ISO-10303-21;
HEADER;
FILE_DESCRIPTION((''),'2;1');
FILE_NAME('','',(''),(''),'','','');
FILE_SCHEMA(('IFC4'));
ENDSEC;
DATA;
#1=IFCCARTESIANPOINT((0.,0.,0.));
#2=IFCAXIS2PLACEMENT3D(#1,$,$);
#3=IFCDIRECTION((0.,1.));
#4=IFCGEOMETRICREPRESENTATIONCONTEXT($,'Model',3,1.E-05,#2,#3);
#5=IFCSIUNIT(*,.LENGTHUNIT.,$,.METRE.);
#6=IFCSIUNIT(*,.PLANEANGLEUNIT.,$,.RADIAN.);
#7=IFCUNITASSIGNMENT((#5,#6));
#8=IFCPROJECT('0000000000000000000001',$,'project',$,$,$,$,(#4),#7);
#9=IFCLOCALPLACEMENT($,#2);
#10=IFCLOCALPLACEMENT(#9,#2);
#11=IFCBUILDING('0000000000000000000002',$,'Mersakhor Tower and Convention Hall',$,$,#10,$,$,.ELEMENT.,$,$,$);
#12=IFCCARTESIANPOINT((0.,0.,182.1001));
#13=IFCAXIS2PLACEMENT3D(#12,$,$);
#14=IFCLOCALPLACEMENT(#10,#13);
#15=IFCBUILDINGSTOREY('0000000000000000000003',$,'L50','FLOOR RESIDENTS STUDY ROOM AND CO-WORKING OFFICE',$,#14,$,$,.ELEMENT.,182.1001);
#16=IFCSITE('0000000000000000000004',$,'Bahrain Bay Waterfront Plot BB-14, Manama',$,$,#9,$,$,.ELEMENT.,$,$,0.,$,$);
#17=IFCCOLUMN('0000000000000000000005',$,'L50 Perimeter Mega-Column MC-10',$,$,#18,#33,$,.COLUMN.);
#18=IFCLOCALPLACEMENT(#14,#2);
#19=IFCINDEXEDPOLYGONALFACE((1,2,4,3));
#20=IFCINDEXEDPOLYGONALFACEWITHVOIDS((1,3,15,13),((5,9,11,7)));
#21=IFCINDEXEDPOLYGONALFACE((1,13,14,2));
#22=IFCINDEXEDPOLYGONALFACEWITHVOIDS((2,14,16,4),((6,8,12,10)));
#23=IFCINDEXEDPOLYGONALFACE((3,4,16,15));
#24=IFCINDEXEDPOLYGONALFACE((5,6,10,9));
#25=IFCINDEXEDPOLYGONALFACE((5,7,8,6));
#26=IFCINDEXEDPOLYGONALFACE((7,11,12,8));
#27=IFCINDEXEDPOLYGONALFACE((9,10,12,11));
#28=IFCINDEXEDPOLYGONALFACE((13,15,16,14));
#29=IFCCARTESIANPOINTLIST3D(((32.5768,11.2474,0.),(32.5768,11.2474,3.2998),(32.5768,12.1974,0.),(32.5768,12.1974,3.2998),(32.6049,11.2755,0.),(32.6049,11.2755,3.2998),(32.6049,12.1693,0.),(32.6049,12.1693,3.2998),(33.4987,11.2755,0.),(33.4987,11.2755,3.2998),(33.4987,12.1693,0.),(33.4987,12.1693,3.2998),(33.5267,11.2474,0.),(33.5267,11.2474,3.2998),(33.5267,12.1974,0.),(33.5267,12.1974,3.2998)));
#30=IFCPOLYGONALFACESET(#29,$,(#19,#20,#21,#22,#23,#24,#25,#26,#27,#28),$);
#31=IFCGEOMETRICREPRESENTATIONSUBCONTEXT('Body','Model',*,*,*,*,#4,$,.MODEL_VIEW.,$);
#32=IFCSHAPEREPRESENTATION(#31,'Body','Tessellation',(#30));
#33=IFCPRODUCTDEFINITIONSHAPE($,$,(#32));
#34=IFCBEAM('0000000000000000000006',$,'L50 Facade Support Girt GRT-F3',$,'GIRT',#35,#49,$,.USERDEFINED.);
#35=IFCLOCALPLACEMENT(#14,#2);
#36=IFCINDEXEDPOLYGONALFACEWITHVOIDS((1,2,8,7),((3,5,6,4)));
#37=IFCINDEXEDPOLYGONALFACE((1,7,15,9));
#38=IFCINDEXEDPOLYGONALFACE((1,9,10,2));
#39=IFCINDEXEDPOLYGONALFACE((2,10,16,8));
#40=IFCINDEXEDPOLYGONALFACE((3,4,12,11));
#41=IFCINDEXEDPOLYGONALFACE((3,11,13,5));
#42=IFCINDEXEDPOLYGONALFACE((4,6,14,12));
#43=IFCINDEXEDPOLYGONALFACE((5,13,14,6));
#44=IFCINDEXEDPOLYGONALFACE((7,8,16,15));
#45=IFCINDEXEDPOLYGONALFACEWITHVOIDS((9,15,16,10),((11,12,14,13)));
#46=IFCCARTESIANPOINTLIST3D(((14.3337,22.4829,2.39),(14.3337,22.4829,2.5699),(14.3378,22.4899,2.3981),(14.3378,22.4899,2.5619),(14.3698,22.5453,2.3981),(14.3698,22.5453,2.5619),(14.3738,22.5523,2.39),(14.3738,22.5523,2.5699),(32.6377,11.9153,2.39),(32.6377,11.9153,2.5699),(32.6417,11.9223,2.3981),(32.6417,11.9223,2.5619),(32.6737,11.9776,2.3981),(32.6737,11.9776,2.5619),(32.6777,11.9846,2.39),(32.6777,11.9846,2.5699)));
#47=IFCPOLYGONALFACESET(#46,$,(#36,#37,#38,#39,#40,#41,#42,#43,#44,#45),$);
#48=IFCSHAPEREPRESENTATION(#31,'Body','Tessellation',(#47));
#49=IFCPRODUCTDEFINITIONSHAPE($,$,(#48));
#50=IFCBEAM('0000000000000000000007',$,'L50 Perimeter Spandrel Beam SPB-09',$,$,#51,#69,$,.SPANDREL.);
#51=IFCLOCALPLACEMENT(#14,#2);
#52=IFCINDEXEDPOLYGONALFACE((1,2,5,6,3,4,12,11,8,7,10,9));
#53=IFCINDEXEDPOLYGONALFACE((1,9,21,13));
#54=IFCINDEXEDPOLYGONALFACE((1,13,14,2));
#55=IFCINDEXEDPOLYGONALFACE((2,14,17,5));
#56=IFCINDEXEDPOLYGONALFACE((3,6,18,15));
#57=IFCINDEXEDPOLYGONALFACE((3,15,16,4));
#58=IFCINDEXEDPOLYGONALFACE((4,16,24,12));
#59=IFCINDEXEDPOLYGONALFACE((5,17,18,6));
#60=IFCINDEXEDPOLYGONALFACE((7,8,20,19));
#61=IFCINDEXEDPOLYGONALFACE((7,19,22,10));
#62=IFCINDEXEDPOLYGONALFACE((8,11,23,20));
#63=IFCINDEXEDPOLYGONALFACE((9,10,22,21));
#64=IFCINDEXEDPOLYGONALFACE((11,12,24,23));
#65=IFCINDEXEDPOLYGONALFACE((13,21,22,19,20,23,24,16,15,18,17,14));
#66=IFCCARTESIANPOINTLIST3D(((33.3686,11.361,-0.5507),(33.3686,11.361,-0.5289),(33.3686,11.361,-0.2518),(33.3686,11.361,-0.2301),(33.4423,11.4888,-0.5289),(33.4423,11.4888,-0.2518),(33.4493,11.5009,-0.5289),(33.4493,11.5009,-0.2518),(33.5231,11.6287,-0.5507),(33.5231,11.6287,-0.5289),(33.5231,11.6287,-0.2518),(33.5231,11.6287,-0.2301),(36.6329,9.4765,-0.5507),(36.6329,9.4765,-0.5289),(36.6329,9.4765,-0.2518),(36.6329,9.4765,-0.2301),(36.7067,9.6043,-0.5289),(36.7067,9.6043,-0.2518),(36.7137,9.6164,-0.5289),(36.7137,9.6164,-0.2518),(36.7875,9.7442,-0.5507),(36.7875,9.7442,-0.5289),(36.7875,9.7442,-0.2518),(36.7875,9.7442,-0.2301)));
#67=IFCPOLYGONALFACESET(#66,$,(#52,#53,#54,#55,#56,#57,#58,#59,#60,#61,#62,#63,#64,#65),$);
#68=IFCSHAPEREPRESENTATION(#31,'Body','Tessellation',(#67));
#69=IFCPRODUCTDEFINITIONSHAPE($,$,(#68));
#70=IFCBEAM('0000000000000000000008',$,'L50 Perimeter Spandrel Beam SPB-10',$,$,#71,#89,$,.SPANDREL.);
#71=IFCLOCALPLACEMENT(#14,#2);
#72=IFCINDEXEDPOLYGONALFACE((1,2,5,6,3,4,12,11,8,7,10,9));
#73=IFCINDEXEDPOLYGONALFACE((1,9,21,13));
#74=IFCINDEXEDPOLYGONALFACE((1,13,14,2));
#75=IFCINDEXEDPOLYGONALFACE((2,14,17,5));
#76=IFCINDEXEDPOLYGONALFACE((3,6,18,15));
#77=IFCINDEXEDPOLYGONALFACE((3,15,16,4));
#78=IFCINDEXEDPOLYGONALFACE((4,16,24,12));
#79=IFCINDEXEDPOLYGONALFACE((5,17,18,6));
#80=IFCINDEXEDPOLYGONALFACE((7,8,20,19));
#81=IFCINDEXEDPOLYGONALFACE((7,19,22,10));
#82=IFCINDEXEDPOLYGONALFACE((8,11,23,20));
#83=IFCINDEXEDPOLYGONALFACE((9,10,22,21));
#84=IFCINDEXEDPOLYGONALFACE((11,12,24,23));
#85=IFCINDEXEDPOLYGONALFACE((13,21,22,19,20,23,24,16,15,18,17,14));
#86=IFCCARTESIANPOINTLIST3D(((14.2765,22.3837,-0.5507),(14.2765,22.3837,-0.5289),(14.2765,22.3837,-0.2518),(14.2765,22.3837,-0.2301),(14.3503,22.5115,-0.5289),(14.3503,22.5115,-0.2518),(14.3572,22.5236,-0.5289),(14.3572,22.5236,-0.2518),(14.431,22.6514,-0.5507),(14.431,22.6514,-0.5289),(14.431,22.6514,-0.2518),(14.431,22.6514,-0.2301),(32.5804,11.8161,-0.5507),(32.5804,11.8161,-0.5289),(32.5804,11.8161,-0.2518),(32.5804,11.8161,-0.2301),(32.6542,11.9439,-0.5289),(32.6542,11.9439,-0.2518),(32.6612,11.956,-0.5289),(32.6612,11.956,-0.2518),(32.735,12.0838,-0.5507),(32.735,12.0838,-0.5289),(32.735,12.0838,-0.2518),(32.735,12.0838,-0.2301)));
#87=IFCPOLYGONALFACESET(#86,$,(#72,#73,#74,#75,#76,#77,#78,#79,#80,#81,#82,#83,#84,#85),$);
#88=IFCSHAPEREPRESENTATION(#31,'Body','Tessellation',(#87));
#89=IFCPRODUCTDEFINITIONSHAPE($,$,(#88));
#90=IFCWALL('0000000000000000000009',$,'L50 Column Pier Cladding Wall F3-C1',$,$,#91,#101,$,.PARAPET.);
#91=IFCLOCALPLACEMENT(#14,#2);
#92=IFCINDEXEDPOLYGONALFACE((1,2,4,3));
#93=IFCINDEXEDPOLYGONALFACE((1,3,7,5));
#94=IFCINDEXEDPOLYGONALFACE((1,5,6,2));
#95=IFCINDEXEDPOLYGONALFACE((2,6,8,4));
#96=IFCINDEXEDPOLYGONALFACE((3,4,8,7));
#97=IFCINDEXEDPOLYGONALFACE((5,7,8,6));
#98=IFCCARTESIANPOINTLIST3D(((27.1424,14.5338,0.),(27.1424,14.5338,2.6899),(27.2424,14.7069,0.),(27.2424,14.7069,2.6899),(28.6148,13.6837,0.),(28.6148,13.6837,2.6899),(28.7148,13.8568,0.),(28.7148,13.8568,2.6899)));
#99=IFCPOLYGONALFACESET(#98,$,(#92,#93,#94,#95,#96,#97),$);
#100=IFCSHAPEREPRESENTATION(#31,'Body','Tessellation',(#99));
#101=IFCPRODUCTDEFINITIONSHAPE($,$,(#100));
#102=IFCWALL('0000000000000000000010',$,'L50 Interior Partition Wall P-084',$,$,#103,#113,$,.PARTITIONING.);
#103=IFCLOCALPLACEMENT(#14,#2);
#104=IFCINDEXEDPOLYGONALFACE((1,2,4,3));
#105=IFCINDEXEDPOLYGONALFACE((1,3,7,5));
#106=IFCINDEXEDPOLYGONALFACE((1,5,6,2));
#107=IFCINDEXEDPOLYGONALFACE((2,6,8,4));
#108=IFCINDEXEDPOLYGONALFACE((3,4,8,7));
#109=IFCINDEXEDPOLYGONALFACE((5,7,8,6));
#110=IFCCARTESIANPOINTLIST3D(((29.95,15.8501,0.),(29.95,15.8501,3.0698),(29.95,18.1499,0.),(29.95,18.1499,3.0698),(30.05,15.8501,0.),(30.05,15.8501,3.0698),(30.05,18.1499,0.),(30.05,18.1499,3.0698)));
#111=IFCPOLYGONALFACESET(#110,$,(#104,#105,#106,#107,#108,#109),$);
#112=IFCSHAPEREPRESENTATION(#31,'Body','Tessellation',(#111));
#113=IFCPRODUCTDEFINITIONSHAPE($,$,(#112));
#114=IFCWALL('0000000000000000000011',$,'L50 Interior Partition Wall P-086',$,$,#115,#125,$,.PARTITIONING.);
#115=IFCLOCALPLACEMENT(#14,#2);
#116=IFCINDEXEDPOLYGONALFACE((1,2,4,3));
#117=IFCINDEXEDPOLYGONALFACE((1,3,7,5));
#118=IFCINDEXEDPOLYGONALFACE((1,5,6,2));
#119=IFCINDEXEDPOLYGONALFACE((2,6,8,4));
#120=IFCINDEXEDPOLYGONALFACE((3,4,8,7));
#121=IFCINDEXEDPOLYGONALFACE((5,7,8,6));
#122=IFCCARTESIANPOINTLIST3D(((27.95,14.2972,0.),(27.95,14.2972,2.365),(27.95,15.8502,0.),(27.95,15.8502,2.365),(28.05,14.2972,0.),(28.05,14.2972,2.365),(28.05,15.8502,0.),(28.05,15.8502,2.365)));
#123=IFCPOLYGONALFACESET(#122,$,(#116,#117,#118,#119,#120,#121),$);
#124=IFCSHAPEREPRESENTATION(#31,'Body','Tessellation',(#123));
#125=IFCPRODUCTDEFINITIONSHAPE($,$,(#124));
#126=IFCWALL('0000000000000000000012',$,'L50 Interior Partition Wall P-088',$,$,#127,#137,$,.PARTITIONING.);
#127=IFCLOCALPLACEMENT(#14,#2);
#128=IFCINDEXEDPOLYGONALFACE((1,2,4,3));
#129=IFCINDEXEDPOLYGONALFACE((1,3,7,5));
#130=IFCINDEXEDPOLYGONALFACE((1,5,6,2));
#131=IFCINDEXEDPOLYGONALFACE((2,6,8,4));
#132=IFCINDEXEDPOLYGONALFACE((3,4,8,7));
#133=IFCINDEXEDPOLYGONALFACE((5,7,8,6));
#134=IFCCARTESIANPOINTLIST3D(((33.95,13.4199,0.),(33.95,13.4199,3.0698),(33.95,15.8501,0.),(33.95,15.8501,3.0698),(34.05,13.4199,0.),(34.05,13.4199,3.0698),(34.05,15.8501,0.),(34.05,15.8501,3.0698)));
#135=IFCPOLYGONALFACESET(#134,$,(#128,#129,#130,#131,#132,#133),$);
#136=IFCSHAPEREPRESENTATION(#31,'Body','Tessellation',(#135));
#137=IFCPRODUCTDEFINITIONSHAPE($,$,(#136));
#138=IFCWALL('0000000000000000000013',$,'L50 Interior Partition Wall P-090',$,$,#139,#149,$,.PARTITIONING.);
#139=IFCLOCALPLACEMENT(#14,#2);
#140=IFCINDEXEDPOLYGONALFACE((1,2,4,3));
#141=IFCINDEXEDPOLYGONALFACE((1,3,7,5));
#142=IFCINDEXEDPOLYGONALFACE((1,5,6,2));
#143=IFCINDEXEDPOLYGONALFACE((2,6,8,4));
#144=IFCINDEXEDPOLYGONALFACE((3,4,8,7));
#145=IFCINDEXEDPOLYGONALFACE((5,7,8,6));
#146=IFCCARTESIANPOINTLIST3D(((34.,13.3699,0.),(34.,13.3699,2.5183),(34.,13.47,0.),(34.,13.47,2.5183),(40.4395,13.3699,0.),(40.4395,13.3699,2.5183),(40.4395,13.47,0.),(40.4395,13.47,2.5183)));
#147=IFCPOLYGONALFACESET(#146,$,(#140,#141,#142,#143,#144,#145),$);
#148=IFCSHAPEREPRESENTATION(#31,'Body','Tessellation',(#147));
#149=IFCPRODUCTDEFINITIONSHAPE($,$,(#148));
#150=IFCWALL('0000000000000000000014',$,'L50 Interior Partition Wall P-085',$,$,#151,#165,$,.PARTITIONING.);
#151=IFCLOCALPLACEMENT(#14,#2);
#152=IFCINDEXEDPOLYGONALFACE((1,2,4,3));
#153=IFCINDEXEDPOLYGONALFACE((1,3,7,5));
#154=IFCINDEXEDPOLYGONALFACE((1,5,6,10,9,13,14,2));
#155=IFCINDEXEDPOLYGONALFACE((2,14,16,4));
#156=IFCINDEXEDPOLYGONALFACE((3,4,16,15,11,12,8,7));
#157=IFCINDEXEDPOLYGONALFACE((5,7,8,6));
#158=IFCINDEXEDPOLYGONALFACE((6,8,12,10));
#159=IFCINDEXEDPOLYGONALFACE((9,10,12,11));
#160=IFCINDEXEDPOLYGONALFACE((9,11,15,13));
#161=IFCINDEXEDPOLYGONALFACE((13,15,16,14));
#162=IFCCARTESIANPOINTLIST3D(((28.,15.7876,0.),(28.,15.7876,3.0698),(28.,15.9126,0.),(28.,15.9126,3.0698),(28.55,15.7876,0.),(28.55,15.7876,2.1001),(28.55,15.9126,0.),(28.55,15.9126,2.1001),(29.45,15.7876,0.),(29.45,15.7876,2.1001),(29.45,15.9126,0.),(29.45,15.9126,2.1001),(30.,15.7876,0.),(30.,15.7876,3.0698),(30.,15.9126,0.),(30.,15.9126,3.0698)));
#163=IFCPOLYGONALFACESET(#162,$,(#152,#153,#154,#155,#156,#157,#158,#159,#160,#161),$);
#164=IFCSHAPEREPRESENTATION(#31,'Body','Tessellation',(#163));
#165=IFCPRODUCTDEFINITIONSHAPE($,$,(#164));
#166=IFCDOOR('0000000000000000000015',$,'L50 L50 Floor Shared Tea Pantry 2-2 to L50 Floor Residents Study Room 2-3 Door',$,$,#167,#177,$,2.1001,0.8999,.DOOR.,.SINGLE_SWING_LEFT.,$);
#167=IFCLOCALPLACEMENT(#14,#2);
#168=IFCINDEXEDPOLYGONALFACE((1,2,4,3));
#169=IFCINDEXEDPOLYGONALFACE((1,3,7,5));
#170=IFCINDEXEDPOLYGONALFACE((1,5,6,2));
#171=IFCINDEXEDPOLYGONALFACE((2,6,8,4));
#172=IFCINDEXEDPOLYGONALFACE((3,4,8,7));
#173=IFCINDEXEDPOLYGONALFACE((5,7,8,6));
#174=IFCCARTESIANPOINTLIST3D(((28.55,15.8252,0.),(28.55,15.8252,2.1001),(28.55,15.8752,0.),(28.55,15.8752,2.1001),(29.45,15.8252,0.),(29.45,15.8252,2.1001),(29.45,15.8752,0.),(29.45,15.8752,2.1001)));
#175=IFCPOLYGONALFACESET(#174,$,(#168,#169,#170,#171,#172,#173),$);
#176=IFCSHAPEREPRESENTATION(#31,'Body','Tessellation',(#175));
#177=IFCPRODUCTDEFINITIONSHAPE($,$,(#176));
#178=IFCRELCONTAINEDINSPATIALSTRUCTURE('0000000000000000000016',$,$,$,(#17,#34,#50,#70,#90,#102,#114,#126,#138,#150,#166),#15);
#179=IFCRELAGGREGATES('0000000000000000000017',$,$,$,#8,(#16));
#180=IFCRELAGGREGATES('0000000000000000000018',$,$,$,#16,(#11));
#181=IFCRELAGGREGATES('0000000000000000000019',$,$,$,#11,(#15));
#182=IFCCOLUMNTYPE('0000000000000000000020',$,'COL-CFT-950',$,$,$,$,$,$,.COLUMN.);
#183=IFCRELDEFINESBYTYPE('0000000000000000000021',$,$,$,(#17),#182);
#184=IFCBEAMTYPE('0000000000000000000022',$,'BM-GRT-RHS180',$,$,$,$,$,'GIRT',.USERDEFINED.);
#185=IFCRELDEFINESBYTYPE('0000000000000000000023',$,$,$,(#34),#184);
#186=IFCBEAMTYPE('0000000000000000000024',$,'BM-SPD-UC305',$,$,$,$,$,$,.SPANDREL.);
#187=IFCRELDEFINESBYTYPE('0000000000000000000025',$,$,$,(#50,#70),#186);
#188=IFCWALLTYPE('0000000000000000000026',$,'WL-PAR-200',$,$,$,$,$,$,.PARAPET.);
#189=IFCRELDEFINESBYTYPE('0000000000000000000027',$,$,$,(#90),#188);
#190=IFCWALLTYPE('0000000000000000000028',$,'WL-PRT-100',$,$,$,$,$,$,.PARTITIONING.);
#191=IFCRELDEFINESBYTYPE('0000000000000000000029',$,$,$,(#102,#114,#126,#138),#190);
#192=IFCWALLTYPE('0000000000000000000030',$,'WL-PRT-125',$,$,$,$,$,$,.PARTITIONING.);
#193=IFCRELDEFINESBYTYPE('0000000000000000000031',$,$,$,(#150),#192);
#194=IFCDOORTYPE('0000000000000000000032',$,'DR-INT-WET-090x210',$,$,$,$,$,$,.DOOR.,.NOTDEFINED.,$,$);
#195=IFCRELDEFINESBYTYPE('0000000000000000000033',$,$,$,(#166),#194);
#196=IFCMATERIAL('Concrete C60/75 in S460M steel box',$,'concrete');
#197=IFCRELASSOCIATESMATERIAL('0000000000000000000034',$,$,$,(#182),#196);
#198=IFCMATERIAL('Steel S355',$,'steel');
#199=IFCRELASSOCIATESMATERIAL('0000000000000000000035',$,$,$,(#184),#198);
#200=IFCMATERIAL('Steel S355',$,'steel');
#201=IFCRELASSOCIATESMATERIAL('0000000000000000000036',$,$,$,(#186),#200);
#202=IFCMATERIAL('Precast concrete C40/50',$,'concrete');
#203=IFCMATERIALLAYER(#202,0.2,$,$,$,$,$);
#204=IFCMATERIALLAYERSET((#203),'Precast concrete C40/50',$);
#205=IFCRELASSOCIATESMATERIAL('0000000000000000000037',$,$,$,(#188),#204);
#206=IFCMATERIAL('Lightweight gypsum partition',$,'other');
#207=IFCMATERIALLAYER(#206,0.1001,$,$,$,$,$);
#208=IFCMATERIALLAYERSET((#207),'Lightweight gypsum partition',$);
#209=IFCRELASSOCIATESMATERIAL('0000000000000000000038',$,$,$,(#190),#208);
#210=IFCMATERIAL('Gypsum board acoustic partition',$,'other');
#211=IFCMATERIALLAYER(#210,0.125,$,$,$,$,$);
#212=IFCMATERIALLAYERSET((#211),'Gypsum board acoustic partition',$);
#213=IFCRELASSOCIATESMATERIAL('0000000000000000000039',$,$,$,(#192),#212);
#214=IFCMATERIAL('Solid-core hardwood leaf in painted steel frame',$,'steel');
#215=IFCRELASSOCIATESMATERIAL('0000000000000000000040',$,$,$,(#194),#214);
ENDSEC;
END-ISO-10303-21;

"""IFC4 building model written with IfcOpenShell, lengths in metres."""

from ifc_helpers import new_model, si_unit, direction, frame, frame_2d, origin, origin_2d, place, context, subcontext, project, spatial, rectangle, hollow_rectangle, i_section, extrude, material, layer, layer_set, material_profile, profile_set, type_object, element, fill, save


model = new_model("IFC4")

# Units and contexts
model_context = context("Model", 3, precision=1e-05, world=origin(), true_north=direction((0.0, 1.0)))
body_context = subcontext(model_context, "Body", "Model", "MODEL_VIEW")
ifc_project = project(units=[si_unit("LENGTHUNIT", "METRE"), si_unit("PLANEANGLEUNIT", "RADIAN")], contexts=[model_context])

# Site, building, storey
site_placement = place(None, origin())
site = spatial("IfcSite", under=ifc_project, at=site_placement, Name="Bahrain Bay Waterfront Plot BB-14, Manama", CompositionType="ELEMENT", RefElevation=0.0)
building_placement = place(site_placement, origin())
building = spatial("IfcBuilding", under=site, at=building_placement, Name="Mersakhor Tower and Convention Hall", CompositionType="ELEMENT")
storey_placement = place(building_placement, frame((0.0, 0.0, 182.1001)))
storey = spatial("IfcBuildingStorey", under=building, at=storey_placement, Name="L50", Description="FLOOR RESIDENTS STUDY ROOM AND CO-WORKING OFFICE", CompositionType="ELEMENT", Elevation=182.1001)

# Column
ifc_material_1 = material(Name="Concrete C60/75 in S460M steel box", Category="concrete")
ifc_material_profile_1 = material_profile(ifc_material_1, hollow_rectangle(XDim=0.95, YDim=0.95, WallThickness=0.0281, at=origin_2d()), Name="SHS 950x950x28")
ifc_profile_set_1 = profile_set([ifc_material_profile_1], Name="Concrete C60/75 in S460M steel box")
column_type = type_object("IfcColumnType", Name="COL-CFT-950", PredefinedType="COLUMN", material=ifc_profile_set_1)
column_placement = place(storey_placement, frame((33.0518, 11.7224, 0.0), z_axis=(0.0, 0.0, 1.0), x_axis=(1.0, 0.0, 0.0)))
element("IfcColumn", 1, at=column_placement, inside=storey, type_object=column_type, Name="L50 Perimeter Mega-Column MC-10", PredefinedType="COLUMN", context=body_context, shape_type="SweptSolid", body=[
    extrude(hollow_rectangle(XDim=0.95, YDim=0.95, WallThickness=0.0281, at=origin_2d()), origin(), (0.0, 0.0, 1.0), 3.2998),
])

# Beams
ifc_material_2 = material(Name="Steel S355", Category="steel")
ifc_material_profile_2 = material_profile(ifc_material_2, hollow_rectangle(XDim=0.0801, YDim=0.1799, WallThickness=0.0081, at=origin_2d()), Name="RHS 180x80x8")
ifc_profile_set_2 = profile_set([ifc_material_profile_2], Name="Steel S355")
beam_type_1 = type_object("IfcBeamType", Name="BM-GRT-RHS180", ElementType="GIRT", PredefinedType="USERDEFINED", material=ifc_profile_set_2)
beam_1_placement = place(storey_placement, frame((32.6577, 11.95, 2.48), z_axis=(-0.866029, 0.499994, 0.0), x_axis=(-0.499994, -0.866029, 0.0)))
element("IfcBeam", 2, at=beam_1_placement, inside=storey, type_object=beam_type_1, Name="L50 Facade Support Girt GRT-F3", ObjectType="GIRT", PredefinedType="USERDEFINED", context=body_context, shape_type="SweptSolid", body=[
    extrude(hollow_rectangle(XDim=0.0801, YDim=0.1799, WallThickness=0.0081, at=origin_2d()), origin(), (0.0, 0.0, 1.0), 21.1355),
])
ifc_material_3 = material(Name="Steel S355", Category="steel")
ifc_material_profile_3 = material_profile(ifc_material_3, i_section(OverallWidth=0.3091, OverallDepth=0.3206, WebThickness=0.0139, FlangeThickness=0.0217, at=origin_2d()), Name="UC 305x305x137")
ifc_profile_set_3 = profile_set([ifc_material_profile_3], Name="Steel S355")
beam_type_2 = type_object("IfcBeamType", Name="BM-SPD-UC305", PredefinedType="SPANDREL", material=ifc_profile_set_3)
beam_2_placement = place(storey_placement, frame((36.7102, 9.6104, -0.3904), z_axis=(-0.866046, 0.499964, 0.0), x_axis=(-0.499964, -0.866046, 0.0)))
element("IfcBeam", 3, at=beam_2_placement, inside=storey, type_object=beam_type_2, Name="L50 Perimeter Spandrel Beam SPB-09", PredefinedType="SPANDREL", context=body_context, shape_type="SweptSolid", body=[
    extrude(i_section(OverallWidth=0.3091, OverallDepth=0.3206, WebThickness=0.0139, FlangeThickness=0.0217, at=origin_2d()), origin(), (0.0, 0.0, 1.0), 3.7693),
])
beam_3_placement = place(storey_placement, frame((32.6577, 11.95, -0.3904), z_axis=(-0.866029, 0.499994, 0.0), x_axis=(-0.499994, -0.866029, 0.0)))
element("IfcBeam", 4, at=beam_3_placement, inside=storey, type_object=beam_type_2, Name="L50 Perimeter Spandrel Beam SPB-10", PredefinedType="SPANDREL", context=body_context, shape_type="SweptSolid", body=[
    extrude(i_section(OverallWidth=0.3091, OverallDepth=0.3206, WebThickness=0.0139, FlangeThickness=0.0217, at=origin_2d()), origin(), (0.0, 0.0, 1.0), 21.1355),
])

# Walls
ifc_material_4 = material(Name="Precast concrete C40/50", Category="concrete")
ifc_layer_1 = layer(ifc_material_4, 0.2)
ifc_layer_set_1 = layer_set([ifc_layer_1], Name="Precast concrete C40/50")
wall_type_1 = type_object("IfcWallType", Name="WL-PAR-200", PredefinedType="PARAPET", material=ifc_layer_set_1)
wall_1_placement = place(storey_placement, frame((28.6648, 13.7703, 0.0), z_axis=(0.0, 0.0, 1.0), x_axis=(-0.866025, 0.5, 0.0)))
element("IfcWall", 5, at=wall_1_placement, inside=storey, type_object=wall_type_1, Name="L50 Column Pier Cladding Wall F3-C1", PredefinedType="PARAPET", context=body_context, shape_type="SweptSolid", body=[
    extrude(rectangle(XDim=1.7002, YDim=0.2, at=frame_2d((0.8501, 0.0))), origin(), (0.0, 0.0, 1.0), 2.6899),
])
ifc_material_5 = material(Name="Lightweight gypsum partition", Category="other")
ifc_layer_2 = layer(ifc_material_5, 0.1001)
ifc_layer_set_2 = layer_set([ifc_layer_2], Name="Lightweight gypsum partition")
wall_type_2 = type_object("IfcWallType", Name="WL-PRT-100", PredefinedType="PARTITIONING", material=ifc_layer_set_2)
wall_2_placement = place(storey_placement, frame((30.0, 18.1499, 0.0), z_axis=(0.0, 0.0, 1.0), x_axis=(0.0, -1.0, 0.0)))
element("IfcWall", 6, at=wall_2_placement, inside=storey, type_object=wall_type_2, Name="L50 Interior Partition Wall P-084", PredefinedType="PARTITIONING", context=body_context, shape_type="SweptSolid", body=[
    extrude(rectangle(XDim=2.2998, YDim=0.1001, at=frame_2d((1.1499, 0.0))), origin(), (0.0, 0.0, 1.0), 3.0698),
])
wall_3_placement = place(storey_placement, frame((28.0, 15.8501, 0.0), z_axis=(0.0, 0.0, 1.0), x_axis=(0.0, -1.0, 0.0)))
element("IfcWall", 7, at=wall_3_placement, inside=storey, type_object=wall_type_2, Name="L50 Interior Partition Wall P-086", PredefinedType="PARTITIONING", context=body_context, shape_type="SweptSolid", body=[
    extrude(rectangle(XDim=1.553, YDim=0.1001, at=frame_2d((0.7764, 0.0))), origin(), (0.0, 0.0, 1.0), 2.365),
])
wall_4_placement = place(storey_placement, frame((34.0, 15.8501, 0.0), z_axis=(0.0, 0.0, 1.0), x_axis=(0.0, -1.0, 0.0)))
element("IfcWall", 8, at=wall_4_placement, inside=storey, type_object=wall_type_2, Name="L50 Interior Partition Wall P-088", PredefinedType="PARTITIONING", context=body_context, shape_type="SweptSolid", body=[
    extrude(rectangle(XDim=2.4302, YDim=0.1001, at=frame_2d((1.2151, 0.0))), origin(), (0.0, 0.0, 1.0), 3.0698),
])
wall_5_placement = place(storey_placement, frame((34.0, 13.4199, 0.0), z_axis=(0.0, 0.0, 1.0), x_axis=(1.0, 0.0, 0.0)))
element("IfcWall", 9, at=wall_5_placement, inside=storey, type_object=wall_type_2, Name="L50 Interior Partition Wall P-090", PredefinedType="PARTITIONING", context=body_context, shape_type="SweptSolid", body=[
    extrude(rectangle(XDim=6.4395, YDim=0.1001, at=frame_2d((3.2197, 0.0))), origin(), (0.0, 0.0, 1.0), 2.5183),
])

# Wall, opening, door
ifc_material_6 = material(Name="Gypsum board acoustic partition", Category="other")
ifc_layer_3 = layer(ifc_material_6, 0.125)
ifc_layer_set_3 = layer_set([ifc_layer_3], Name="Gypsum board acoustic partition")
wall_type_3 = type_object("IfcWallType", Name="WL-PRT-125", PredefinedType="PARTITIONING", material=ifc_layer_set_3)
wall_6_placement = place(storey_placement, frame((30.0, 15.8501, 0.0), z_axis=(0.0, 0.0, 1.0), x_axis=(-1.0, 0.0, 0.0)))
wall_6 = element("IfcWall", 10, at=wall_6_placement, inside=storey, type_object=wall_type_3, Name="L50 Interior Partition Wall P-085", PredefinedType="PARTITIONING", context=body_context, shape_type="SweptSolid", body=[
    extrude(rectangle(XDim=2.0, YDim=0.125, at=frame_2d((1.0, 0.0))), origin(), (0.0, 0.0, 1.0), 3.0698),
])
opening_1_placement = place(wall_6_placement, frame((0.55, 0.0, 0.0)))
opening_1 = element("IfcOpeningElement", 11, at=opening_1_placement, cuts=wall_6, PredefinedType="OPENING", context=body_context, shape_type="SweptSolid", body=[
    extrude(rectangle(XDim=0.8999, YDim=2.1001, at=frame_2d((0.45, 1.05))), frame((0.0, 0.0725, 0.0), z_axis=(0.0, -1.0, 0.0), x_axis=(1.0, 0.0, 0.0)), (0.0, 0.0, 1.0), 0.145),
])
ifc_material_7 = material(Name="Solid-core hardwood leaf in painted steel frame", Category="steel")
door_type_1 = type_object("IfcDoorType", Name="DR-INT-WET-090x210", OperationType="NOTDEFINED", PredefinedType="DOOR", material=ifc_material_7)
door_1_placement = place(opening_1_placement, origin())
door_1 = element("IfcDoor", 12, at=door_1_placement, inside=storey, type_object=door_type_1, Name="L50 L50 Floor Shared Tea Pantry 2-2 to L50 Floor Residents Study Room 2-3 Door", OperationType="SINGLE_SWING_LEFT", OverallHeight=2.1001, OverallWidth=0.8999, PredefinedType="DOOR", context=body_context, shape_type="SweptSolid", body=[
    extrude(rectangle(XDim=0.8999, YDim=2.1001, at=frame_2d((0.45, 1.05))), frame((0.0, 0.0249, 0.0), z_axis=(0.0, -1.0, 0.0), x_axis=(1.0, 0.0, 0.0)), (0.0, 0.0, 1.0), 0.05),
])
fill(opening_1, door_1)

save(model, "model.ifc")
